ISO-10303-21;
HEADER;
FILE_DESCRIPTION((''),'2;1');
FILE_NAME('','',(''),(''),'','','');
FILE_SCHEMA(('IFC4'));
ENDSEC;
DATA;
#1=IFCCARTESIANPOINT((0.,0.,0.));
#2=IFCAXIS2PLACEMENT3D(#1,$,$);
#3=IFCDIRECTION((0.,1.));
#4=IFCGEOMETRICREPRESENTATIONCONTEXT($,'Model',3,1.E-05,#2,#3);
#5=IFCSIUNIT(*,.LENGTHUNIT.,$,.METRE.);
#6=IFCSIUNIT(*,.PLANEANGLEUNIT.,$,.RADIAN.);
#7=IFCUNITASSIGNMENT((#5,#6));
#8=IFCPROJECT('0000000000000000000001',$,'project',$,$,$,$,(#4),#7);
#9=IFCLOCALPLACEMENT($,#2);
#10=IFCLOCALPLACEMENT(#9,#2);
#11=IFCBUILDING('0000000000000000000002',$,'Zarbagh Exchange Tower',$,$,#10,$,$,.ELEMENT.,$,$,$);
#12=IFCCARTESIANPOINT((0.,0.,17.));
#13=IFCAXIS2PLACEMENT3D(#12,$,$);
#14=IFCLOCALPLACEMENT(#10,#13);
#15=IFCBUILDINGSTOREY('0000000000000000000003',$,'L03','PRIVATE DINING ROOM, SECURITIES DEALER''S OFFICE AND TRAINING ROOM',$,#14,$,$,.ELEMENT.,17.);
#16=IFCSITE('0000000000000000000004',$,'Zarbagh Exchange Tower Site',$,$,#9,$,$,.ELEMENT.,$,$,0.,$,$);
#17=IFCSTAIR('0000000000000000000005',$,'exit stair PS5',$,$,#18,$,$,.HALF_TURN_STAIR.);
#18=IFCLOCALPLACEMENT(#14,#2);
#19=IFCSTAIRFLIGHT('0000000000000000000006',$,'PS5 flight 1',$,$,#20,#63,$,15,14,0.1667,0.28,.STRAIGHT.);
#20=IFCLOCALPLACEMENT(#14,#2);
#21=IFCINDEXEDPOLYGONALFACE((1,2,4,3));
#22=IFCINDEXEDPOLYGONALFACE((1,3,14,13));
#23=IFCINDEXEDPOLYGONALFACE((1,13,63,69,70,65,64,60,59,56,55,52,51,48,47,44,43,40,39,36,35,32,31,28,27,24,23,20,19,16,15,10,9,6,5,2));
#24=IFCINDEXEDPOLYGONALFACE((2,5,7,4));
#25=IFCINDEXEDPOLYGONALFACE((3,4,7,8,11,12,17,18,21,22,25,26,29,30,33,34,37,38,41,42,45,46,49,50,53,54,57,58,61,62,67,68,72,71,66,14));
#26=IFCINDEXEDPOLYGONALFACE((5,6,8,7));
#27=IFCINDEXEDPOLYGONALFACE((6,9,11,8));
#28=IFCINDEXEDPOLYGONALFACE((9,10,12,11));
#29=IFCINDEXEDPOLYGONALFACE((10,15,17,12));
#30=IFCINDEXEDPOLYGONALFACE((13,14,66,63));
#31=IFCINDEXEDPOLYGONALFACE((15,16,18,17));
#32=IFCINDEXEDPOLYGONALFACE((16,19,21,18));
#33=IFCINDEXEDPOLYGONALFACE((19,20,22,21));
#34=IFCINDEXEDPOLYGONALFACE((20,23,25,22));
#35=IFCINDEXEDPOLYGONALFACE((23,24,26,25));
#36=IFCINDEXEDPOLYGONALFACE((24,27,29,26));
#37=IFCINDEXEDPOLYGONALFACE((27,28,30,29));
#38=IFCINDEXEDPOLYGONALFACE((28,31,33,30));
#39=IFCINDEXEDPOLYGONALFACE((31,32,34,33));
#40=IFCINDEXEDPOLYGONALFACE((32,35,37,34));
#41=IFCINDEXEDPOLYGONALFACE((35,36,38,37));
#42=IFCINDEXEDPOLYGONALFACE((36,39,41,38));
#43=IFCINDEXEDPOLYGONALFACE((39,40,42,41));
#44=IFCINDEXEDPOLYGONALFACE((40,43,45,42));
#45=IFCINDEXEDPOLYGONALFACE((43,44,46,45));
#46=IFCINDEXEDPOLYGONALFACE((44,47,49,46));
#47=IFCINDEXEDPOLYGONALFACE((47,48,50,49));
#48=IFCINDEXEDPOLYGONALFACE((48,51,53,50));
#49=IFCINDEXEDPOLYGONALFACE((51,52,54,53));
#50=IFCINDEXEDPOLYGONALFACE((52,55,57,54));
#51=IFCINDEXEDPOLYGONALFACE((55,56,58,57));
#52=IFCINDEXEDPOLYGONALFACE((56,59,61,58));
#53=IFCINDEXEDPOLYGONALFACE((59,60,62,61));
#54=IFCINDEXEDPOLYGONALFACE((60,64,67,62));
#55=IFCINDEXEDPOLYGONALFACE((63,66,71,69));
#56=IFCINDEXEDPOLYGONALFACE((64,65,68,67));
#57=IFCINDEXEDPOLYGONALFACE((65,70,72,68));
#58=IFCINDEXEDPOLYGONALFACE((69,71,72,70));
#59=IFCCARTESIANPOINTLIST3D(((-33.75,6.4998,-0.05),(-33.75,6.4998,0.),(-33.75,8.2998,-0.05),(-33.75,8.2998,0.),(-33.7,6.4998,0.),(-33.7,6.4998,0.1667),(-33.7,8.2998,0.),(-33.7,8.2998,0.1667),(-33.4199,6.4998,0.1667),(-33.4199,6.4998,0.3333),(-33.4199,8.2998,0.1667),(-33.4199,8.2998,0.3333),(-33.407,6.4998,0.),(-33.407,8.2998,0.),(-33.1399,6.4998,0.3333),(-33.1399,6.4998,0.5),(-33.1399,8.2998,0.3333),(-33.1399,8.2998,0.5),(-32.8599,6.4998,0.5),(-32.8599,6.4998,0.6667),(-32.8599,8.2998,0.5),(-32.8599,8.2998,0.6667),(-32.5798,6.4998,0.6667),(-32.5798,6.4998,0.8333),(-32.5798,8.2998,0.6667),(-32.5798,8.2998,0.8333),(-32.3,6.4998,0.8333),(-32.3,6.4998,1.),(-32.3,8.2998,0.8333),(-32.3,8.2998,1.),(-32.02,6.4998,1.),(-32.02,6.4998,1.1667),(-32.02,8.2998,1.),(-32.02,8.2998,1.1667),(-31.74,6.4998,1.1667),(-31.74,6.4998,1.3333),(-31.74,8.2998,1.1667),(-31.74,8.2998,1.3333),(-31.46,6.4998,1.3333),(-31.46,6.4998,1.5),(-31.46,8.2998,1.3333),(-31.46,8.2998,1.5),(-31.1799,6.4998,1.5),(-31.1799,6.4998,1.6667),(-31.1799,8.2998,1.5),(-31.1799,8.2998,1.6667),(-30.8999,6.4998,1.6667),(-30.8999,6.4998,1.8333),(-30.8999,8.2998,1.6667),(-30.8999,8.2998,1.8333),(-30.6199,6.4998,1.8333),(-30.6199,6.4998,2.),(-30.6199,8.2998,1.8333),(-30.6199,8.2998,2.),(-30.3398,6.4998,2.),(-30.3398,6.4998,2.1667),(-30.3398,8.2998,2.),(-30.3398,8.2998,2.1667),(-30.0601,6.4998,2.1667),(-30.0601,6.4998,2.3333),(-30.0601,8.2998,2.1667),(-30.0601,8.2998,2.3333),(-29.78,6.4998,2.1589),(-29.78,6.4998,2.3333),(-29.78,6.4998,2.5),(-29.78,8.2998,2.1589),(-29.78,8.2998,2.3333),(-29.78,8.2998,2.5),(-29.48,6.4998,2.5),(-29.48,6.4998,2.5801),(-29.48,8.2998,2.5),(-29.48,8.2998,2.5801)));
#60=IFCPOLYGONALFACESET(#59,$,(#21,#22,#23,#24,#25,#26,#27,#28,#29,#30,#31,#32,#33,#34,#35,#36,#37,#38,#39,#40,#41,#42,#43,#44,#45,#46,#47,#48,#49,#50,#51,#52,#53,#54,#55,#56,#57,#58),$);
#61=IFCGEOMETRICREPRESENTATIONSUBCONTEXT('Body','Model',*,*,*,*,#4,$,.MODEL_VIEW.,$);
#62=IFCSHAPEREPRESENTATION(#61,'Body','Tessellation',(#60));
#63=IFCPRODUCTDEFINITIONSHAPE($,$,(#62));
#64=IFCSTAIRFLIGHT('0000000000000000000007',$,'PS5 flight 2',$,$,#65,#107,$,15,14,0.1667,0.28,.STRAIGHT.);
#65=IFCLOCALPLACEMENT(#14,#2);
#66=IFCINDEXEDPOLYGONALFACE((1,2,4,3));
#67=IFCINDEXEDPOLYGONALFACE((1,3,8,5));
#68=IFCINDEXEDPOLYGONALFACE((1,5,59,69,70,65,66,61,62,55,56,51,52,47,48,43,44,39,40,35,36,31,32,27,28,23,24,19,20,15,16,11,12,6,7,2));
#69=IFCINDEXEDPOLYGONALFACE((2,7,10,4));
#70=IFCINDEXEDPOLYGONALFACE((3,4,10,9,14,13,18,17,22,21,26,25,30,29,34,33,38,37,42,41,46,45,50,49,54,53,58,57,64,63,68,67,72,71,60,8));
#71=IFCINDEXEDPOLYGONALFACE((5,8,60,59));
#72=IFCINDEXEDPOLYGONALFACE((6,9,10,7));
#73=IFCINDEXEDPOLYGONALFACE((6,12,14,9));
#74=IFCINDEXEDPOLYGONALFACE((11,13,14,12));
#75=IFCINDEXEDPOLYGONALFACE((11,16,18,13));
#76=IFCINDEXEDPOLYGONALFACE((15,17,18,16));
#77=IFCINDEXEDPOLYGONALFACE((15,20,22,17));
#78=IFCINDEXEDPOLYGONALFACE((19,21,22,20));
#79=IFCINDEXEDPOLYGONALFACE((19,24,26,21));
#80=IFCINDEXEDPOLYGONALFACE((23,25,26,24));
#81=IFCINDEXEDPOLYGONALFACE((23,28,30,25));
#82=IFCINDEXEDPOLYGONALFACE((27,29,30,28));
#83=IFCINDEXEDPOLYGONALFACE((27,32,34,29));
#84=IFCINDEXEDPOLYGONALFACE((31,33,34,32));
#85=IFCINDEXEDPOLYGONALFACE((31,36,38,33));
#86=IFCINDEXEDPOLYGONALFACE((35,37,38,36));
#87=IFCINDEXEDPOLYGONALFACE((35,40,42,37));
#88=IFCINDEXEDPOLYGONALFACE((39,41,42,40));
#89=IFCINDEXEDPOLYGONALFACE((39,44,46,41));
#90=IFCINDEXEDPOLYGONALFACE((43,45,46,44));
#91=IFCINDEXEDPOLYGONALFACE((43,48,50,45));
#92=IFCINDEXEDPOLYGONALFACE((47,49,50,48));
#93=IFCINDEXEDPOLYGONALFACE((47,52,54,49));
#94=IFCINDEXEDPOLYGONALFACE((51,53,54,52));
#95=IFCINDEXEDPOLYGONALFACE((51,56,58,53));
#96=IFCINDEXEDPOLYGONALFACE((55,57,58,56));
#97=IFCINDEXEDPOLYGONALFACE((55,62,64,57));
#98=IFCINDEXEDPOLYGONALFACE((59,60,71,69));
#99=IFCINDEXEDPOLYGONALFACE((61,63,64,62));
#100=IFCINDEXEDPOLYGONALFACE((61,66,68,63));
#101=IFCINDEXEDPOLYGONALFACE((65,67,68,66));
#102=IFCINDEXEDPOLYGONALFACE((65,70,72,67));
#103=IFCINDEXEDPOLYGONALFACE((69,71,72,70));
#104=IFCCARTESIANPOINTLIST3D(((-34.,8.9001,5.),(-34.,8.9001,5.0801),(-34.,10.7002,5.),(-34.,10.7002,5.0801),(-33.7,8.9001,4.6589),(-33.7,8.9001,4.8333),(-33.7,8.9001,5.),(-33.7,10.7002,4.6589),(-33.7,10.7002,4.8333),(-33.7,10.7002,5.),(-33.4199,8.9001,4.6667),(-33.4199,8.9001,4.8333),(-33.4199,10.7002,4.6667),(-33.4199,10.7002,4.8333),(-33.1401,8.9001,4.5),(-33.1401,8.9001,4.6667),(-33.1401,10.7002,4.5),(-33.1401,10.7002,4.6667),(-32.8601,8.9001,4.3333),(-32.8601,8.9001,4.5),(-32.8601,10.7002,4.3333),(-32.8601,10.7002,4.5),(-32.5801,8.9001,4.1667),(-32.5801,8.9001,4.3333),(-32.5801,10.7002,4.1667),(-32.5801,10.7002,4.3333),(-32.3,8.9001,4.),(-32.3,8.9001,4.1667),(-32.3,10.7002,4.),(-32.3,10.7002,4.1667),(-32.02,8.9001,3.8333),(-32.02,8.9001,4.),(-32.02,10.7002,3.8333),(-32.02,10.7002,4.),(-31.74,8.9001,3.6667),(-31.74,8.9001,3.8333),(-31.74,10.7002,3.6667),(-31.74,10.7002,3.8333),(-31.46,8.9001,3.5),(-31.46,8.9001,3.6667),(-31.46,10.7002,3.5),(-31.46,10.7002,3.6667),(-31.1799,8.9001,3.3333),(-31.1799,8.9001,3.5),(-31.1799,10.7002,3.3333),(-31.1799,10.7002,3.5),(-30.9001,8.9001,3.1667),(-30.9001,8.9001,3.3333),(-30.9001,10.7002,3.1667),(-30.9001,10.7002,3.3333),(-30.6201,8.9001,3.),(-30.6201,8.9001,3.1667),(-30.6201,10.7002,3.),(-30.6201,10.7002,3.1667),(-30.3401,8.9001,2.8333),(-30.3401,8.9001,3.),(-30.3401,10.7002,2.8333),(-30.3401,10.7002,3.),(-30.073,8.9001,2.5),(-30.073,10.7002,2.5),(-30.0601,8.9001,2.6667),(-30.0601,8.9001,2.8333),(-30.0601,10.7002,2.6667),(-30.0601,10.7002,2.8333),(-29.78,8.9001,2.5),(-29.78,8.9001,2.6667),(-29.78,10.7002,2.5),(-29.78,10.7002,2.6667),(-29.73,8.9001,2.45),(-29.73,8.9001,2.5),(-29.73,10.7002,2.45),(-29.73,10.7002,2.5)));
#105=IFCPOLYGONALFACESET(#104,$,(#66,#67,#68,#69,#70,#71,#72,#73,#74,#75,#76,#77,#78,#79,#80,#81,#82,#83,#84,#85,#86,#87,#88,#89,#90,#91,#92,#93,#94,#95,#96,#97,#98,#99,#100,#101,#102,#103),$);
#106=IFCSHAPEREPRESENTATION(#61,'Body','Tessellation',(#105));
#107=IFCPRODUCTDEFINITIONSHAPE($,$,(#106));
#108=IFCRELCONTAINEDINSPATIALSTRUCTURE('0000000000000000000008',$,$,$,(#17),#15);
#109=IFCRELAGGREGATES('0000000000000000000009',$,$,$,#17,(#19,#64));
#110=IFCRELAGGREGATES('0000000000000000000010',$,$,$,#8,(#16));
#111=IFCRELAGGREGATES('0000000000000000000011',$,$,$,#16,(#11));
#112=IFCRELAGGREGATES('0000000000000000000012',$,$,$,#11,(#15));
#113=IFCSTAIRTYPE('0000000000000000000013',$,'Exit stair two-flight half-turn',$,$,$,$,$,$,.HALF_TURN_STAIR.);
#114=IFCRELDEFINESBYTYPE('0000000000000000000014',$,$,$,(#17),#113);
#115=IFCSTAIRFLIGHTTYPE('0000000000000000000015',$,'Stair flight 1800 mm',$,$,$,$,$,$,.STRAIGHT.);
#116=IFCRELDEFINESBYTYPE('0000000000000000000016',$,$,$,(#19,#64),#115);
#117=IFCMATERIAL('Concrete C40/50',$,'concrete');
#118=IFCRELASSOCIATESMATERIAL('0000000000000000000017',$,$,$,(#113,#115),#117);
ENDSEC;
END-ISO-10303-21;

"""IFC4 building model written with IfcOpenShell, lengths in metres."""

from ifc_helpers import new_model, si_unit, direction, frame, origin, place, context, subcontext, project, spatial, polyline, outline, extrude, material, type_object, element, aggregate, save


model = new_model("IFC4")

# Units and contexts
model_context = context("Model", 3, precision=1e-05, world=origin(), true_north=direction((0.0, 1.0)))
body_context = subcontext(model_context, "Body", "Model", "MODEL_VIEW")
ifc_project = project(units=[si_unit("LENGTHUNIT", "METRE"), si_unit("PLANEANGLEUNIT", "RADIAN")], contexts=[model_context])

# Site, building, storey
site_placement = place(None, origin())
site = spatial("IfcSite", under=ifc_project, at=site_placement, Name="Zarbagh Exchange Tower Site", CompositionType="ELEMENT", RefElevation=0.0)
building_placement = place(site_placement, origin())
building = spatial("IfcBuilding", under=site, at=building_placement, Name="Zarbagh Exchange Tower", CompositionType="ELEMENT")
storey_placement = place(building_placement, frame((0.0, 0.0, 17.0)))
storey = spatial("IfcBuildingStorey", under=building, at=storey_placement, Name="L03", Description="PRIVATE DINING ROOM, SECURITIES DEALER'S OFFICE AND TRAINING ROOM", CompositionType="ELEMENT", Elevation=17.0)

# Shared definitions
ifc_material_1 = material(Name="Concrete C40/50", Category="concrete")

# Stair, stair flights
stair_type = type_object("IfcStairType", Name="Exit stair two-flight half-turn", PredefinedType="HALF_TURN_STAIR", material=ifc_material_1)
stair_placement = place(storey_placement, origin())
stair = element("IfcStair", 1, at=stair_placement, inside=storey, type_object=stair_type, Name="exit stair PS5", PredefinedType="HALF_TURN_STAIR")
stair_flight_type = type_object("IfcStairFlightType", Name="Stair flight 1800 mm", PredefinedType="STRAIGHT", material=ifc_material_1)
stair_flight_1_placement = place(storey_placement, frame((-33.7, 7.3999, 0.0), z_axis=(0.0, 0.0, 1.0), x_axis=(1.0, 0.0, 0.0)))
stair_flight_1 = element("IfcStairFlight", 2, at=stair_flight_1_placement, type_object=stair_flight_type, Name="PS5 flight 1", NumberOfRisers=15, NumberOfTreads=14, PredefinedType="STRAIGHT", RiserHeight=0.1667, TreadLength=0.28, context=body_context, shape_type="SweptSolid", body=[
    extrude(outline(polyline([(-0.05, -0.05), (-0.05, 0.0), (0.0, 0.0), (0.0, 0.1667), (0.28, 0.1667), (0.28, 0.3333), (0.5601, 0.3333), (0.5601, 0.5), (0.8401, 0.5), (0.8401, 0.6667), (1.1201, 0.6667), (1.1201, 0.8333), (1.3999, 0.8333), (1.3999, 1.0), (1.6799, 1.0), (1.6799, 1.1667), (1.96, 1.1667), (1.96, 1.3333), (2.24, 1.3333), (2.24, 1.5), (2.52, 1.5), (2.52, 1.6667), (2.8, 1.6667), (2.8, 1.8333), (3.0801, 1.8333), (3.0801, 2.0), (3.3601, 2.0), (3.3601, 2.1667), (3.6399, 2.1667), (3.6399, 2.3333), (3.9199, 2.3333), (3.9199, 2.5), (4.22, 2.5801), (4.22, 2.5), (3.9199, 2.1589), (0.293, 0.0), (-0.05, -0.05)])), frame((0.0, 0.8999, 0.0), z_axis=(0.0, -1.0, 0.0), x_axis=(1.0, 0.0, 0.0)), (0.0, 0.0, 1.0), 1.8),
])
stair_flight_2_placement = place(storey_placement, frame((-29.78, 9.8, 2.5), z_axis=(0.0, 0.0, 1.0), x_axis=(-1.0, 0.0, 0.0)))
stair_flight_2 = element("IfcStairFlight", 3, at=stair_flight_2_placement, type_object=stair_flight_type, Name="PS5 flight 2", NumberOfRisers=15, NumberOfTreads=14, PredefinedType="STRAIGHT", RiserHeight=0.1667, TreadLength=0.28, context=body_context, shape_type="SweptSolid", body=[
    extrude(outline(polyline([(-0.05, -0.05), (-0.05, 0.0), (0.0, 0.0), (0.0, 0.1667), (0.28, 0.1667), (0.28, 0.3333), (0.5601, 0.3333), (0.5601, 0.5), (0.8401, 0.5), (0.8401, 0.6667), (1.1201, 0.6667), (1.1201, 0.8333), (1.3999, 0.8333), (1.3999, 1.0), (1.6799, 1.0), (1.6799, 1.1667), (1.96, 1.1667), (1.96, 1.3333), (2.24, 1.3333), (2.24, 1.5), (2.52, 1.5), (2.52, 1.6667), (2.8, 1.6667), (2.8, 1.8333), (3.0801, 1.8333), (3.0801, 2.0), (3.3601, 2.0), (3.3601, 2.1667), (3.6399, 2.1667), (3.6399, 2.3333), (3.9199, 2.3333), (3.9199, 2.5), (4.22, 2.5801), (4.22, 2.5), (3.9199, 2.1589), (0.293, 0.0), (-0.05, -0.05)])), frame((0.0, 0.8999, 0.0), z_axis=(0.0, -1.0, 0.0), x_axis=(1.0, 0.0, 0.0)), (0.0, 0.0, 1.0), 1.8),
])
aggregate(stair, [stair_flight_1, stair_flight_2])

save(model, "model.ifc")
